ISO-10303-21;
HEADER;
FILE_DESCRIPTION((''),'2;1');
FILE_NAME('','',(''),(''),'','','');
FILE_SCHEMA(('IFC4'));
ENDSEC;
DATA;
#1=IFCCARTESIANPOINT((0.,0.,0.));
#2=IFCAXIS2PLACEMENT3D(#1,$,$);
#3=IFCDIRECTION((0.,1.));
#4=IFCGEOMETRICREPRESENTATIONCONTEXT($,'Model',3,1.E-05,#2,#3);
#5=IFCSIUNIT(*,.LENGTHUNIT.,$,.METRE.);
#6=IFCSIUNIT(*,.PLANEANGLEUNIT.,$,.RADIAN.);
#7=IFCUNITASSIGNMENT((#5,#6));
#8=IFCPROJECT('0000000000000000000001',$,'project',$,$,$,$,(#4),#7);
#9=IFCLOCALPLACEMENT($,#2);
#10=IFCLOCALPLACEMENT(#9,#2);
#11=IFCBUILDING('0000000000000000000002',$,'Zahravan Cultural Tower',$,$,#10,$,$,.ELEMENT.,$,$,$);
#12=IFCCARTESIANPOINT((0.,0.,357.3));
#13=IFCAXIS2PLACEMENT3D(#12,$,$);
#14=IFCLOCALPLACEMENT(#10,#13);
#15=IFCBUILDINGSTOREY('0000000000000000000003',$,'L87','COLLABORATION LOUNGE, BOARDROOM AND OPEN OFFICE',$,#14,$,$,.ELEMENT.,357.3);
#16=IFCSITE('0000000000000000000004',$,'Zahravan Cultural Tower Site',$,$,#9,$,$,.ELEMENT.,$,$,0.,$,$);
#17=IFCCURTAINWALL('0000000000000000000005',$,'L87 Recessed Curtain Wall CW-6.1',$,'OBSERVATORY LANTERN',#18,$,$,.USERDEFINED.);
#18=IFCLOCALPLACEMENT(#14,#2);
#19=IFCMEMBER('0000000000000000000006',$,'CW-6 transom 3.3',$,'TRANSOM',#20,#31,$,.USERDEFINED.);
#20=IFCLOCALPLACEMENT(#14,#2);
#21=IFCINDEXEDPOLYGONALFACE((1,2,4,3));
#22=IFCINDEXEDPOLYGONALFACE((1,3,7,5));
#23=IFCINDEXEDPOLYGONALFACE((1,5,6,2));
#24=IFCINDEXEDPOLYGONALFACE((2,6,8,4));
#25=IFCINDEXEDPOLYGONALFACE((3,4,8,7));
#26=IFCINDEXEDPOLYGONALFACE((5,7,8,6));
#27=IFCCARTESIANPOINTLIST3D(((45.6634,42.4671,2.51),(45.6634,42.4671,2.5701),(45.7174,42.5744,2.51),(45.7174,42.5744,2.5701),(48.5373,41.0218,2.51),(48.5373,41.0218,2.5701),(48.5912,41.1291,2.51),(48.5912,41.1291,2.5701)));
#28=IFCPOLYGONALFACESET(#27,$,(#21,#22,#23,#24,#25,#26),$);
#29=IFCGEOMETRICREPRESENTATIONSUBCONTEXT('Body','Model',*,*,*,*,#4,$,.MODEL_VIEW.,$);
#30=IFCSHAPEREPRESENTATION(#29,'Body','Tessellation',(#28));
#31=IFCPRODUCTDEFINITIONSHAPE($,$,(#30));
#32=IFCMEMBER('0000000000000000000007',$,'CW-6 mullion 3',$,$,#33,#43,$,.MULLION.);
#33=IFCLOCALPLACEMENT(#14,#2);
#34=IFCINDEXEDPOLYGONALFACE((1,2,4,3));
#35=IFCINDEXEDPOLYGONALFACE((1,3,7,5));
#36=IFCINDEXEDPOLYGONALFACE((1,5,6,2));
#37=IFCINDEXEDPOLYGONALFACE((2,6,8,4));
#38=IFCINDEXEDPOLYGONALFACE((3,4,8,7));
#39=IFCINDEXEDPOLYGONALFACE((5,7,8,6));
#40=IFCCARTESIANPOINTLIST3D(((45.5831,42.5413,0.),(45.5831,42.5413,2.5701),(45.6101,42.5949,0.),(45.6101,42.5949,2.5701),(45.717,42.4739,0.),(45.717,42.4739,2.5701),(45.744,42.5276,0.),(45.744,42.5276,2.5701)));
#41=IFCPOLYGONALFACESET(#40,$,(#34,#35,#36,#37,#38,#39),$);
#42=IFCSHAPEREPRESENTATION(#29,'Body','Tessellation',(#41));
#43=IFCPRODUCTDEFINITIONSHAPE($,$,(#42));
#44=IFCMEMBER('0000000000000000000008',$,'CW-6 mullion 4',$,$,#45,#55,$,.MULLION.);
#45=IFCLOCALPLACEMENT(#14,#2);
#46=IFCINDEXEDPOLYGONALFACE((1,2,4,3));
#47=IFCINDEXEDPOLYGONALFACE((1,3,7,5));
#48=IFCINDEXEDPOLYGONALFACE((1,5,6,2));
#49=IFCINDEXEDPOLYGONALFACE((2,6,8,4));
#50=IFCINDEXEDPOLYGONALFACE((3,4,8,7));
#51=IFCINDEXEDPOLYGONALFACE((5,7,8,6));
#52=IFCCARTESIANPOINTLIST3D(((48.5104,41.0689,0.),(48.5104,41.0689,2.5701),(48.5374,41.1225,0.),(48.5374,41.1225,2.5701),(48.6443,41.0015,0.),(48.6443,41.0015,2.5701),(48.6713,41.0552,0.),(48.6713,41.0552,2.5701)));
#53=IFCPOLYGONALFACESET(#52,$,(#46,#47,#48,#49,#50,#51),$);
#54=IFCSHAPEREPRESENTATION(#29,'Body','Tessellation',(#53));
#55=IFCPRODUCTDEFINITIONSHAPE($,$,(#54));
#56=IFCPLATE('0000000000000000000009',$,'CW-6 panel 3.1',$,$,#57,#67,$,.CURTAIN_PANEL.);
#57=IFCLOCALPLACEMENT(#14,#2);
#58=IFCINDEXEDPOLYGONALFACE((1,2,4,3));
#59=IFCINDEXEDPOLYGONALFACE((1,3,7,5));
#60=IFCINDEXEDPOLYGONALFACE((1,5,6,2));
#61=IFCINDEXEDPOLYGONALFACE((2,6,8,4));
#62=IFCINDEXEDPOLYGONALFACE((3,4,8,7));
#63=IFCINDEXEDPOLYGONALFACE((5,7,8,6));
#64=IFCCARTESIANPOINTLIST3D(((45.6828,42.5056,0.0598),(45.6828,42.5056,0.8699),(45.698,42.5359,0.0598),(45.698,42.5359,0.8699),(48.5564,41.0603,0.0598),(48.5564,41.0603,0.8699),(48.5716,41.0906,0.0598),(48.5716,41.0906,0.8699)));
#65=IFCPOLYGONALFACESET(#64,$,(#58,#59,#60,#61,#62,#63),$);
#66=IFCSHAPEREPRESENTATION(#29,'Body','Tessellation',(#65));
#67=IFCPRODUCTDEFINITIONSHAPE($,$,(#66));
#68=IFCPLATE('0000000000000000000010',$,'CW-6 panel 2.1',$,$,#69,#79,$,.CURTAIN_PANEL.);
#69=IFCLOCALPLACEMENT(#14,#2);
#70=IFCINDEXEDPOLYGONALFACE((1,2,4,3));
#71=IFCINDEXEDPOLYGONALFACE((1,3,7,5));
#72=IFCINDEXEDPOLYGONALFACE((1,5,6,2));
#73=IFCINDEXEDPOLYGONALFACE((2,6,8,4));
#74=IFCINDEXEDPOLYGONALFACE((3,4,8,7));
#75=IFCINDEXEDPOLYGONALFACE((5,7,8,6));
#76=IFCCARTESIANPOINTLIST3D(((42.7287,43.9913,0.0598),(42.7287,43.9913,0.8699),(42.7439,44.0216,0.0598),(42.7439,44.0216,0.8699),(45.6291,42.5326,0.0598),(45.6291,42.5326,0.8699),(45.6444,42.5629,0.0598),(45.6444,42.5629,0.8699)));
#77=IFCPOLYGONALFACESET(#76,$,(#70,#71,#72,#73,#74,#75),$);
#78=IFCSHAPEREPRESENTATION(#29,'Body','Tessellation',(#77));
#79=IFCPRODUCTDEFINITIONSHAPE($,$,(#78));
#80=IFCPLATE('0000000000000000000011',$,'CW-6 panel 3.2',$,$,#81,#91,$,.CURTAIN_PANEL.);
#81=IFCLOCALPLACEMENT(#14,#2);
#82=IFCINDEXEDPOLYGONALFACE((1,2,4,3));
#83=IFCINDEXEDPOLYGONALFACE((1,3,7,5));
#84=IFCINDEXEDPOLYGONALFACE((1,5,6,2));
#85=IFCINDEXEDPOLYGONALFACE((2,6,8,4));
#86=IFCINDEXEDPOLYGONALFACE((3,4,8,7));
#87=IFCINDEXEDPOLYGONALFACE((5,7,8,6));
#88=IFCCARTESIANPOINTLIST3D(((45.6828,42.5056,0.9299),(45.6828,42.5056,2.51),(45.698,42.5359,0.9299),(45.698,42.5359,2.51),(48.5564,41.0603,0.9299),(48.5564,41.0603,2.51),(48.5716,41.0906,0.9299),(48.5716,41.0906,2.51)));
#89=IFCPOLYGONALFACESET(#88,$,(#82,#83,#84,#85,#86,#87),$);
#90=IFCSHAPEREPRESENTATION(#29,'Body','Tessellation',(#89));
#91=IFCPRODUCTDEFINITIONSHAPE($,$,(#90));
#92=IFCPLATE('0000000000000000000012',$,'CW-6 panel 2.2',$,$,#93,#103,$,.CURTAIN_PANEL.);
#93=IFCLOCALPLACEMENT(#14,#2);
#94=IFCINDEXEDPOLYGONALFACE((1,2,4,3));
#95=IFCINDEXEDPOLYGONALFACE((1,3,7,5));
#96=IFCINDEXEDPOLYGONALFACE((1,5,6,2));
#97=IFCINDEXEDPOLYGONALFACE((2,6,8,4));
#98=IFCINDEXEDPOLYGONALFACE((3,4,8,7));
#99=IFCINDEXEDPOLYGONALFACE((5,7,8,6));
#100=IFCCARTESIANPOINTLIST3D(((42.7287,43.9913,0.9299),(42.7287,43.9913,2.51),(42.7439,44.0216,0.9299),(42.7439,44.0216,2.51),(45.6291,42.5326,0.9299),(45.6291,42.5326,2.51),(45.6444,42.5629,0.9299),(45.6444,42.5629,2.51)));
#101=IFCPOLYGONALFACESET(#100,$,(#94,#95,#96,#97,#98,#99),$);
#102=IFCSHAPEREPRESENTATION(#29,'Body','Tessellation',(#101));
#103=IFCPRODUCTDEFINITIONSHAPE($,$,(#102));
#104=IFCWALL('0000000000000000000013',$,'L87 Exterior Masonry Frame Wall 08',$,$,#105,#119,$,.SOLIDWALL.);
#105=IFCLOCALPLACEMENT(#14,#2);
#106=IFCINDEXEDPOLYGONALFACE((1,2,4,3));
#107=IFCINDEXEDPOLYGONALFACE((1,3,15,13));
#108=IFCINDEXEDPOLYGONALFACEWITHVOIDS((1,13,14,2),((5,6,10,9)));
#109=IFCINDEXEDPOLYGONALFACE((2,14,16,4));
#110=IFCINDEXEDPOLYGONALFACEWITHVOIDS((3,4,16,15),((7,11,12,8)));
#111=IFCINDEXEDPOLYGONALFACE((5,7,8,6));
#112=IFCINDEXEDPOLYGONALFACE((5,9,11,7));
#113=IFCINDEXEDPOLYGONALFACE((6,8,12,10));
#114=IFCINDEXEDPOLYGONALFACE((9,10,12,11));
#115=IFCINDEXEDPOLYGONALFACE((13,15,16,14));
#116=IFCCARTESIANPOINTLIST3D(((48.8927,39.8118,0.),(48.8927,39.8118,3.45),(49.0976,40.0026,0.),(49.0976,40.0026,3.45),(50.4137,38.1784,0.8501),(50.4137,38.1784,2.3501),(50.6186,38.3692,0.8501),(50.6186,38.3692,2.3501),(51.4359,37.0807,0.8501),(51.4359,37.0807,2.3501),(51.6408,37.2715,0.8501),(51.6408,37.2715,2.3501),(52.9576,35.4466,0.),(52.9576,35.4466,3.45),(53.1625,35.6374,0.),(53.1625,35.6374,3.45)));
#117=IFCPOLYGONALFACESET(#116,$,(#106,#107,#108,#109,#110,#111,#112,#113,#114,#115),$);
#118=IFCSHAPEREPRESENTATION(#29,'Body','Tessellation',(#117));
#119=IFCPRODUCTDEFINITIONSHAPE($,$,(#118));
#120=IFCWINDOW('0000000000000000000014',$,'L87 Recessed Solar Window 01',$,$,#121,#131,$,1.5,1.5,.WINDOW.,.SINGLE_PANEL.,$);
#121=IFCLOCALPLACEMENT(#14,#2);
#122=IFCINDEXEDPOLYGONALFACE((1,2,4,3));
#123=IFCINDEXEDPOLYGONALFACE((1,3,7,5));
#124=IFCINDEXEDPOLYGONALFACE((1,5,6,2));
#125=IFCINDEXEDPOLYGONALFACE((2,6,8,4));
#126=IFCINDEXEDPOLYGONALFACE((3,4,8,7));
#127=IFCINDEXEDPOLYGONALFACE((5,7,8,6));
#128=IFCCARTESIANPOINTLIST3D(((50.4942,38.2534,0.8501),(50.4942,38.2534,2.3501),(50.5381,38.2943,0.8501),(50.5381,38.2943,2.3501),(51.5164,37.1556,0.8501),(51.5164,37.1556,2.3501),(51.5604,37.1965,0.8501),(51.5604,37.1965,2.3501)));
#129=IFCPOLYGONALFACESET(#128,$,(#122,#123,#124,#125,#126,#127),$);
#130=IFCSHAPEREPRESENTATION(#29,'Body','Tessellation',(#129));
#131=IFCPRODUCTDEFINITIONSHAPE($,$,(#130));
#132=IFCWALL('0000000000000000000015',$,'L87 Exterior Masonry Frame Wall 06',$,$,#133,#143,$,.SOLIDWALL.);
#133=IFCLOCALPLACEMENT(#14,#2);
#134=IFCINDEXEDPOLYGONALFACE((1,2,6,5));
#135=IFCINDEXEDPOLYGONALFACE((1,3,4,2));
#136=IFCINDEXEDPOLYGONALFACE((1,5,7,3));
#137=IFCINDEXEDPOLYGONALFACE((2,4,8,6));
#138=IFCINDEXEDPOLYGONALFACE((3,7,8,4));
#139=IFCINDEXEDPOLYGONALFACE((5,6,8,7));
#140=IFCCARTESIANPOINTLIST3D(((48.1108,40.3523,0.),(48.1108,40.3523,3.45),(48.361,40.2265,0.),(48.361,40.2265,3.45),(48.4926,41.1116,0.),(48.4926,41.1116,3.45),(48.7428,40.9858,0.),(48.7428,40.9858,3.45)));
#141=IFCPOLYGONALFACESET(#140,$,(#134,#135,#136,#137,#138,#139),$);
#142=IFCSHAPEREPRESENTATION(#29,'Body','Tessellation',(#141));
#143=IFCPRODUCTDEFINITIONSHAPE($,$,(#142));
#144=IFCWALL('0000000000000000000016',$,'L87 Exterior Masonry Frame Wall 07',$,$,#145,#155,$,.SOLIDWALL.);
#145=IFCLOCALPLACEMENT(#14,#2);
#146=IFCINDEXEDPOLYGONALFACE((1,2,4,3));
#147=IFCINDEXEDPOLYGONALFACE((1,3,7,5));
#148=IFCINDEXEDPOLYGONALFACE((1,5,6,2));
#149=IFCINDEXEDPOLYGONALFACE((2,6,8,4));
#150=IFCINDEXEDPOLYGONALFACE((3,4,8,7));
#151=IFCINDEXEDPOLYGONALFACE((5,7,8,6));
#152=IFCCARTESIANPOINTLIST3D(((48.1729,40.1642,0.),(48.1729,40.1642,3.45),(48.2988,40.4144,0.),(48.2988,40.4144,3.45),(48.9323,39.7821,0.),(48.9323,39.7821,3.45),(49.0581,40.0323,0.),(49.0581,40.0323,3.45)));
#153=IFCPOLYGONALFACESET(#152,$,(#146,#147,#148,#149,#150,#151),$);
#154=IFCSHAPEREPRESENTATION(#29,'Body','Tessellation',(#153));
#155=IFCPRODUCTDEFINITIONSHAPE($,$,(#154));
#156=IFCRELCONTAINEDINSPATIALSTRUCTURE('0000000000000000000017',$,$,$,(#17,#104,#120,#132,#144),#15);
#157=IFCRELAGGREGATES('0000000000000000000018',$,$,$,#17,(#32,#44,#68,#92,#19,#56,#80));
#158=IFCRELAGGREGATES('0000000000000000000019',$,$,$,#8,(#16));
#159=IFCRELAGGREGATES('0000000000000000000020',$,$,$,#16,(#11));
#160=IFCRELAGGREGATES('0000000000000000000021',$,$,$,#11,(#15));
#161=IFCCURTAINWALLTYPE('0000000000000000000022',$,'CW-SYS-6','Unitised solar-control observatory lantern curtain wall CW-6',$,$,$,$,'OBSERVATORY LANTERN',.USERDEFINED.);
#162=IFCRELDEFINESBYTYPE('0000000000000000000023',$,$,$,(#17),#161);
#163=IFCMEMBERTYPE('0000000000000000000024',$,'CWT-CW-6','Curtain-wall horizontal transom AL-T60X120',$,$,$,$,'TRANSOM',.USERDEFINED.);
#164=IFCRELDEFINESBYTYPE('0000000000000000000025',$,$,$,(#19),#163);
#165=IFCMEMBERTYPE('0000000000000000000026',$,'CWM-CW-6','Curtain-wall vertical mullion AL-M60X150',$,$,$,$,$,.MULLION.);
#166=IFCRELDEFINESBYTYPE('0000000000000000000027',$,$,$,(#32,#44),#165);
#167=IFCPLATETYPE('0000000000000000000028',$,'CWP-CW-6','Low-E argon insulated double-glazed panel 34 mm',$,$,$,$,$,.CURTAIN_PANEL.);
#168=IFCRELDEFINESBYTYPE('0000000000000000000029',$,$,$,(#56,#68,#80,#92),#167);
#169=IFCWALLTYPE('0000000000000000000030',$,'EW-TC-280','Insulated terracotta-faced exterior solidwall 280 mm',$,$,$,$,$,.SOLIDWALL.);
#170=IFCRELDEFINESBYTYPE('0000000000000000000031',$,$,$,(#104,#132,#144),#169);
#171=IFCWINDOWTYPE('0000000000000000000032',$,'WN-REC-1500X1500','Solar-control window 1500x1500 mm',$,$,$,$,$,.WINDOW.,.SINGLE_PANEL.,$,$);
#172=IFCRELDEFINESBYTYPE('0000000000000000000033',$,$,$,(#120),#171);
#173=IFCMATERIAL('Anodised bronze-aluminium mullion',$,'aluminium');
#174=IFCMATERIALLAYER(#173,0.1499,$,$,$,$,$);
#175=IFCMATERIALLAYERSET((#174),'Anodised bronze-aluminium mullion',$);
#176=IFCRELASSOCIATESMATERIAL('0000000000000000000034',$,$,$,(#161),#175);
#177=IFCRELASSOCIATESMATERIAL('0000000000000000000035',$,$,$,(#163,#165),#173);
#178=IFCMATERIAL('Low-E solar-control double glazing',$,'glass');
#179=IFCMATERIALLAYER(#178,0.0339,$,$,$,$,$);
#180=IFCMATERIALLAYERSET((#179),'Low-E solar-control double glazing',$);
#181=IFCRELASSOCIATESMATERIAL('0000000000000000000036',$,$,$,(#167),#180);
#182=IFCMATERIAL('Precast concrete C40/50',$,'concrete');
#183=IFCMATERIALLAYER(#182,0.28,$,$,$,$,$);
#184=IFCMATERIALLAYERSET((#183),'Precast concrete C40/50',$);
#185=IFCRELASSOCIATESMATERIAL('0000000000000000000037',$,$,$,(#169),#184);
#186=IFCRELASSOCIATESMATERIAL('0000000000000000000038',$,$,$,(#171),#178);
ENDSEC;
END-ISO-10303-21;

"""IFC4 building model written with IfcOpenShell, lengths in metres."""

from ifc_helpers import new_model, si_unit, direction, frame, frame_2d, origin, origin_2d, place, context, subcontext, project, spatial, rectangle, extrude, source, transform, mapped, material, layer, layer_set, material_profile, profile_set, type_object, element, fill, aggregate, save


model = new_model("IFC4")

# Units and contexts
model_context = context("Model", 3, precision=1e-05, world=origin(), true_north=direction((0.0, 1.0)))
body_context = subcontext(model_context, "Body", "Model", "MODEL_VIEW")
ifc_project = project(units=[si_unit("LENGTHUNIT", "METRE"), si_unit("PLANEANGLEUNIT", "RADIAN")], contexts=[model_context])

# Site, building, storey
site_placement = place(None, origin())
site = spatial("IfcSite", under=ifc_project, at=site_placement, Name="Zahravan Cultural Tower Site", CompositionType="ELEMENT", RefElevation=0.0)
building_placement = place(site_placement, origin())
building = spatial("IfcBuilding", under=site, at=building_placement, Name="Zahravan Cultural Tower", CompositionType="ELEMENT")
storey_placement = place(building_placement, frame((0.0, 0.0, 357.3)))
storey = spatial("IfcBuildingStorey", under=building, at=storey_placement, Name="L87", Description="COLLABORATION LOUNGE, BOARDROOM AND OPEN OFFICE", CompositionType="ELEMENT", Elevation=357.3)

# Curtain wall, members, plates
ifc_material_1 = material(Name="Anodised bronze-aluminium mullion", Category="aluminium")
ifc_layer_1 = layer(ifc_material_1, 0.1499)
ifc_layer_set_1 = layer_set([ifc_layer_1], Name="Anodised bronze-aluminium mullion")
curtain_wall_type = type_object("IfcCurtainWallType", Name="CW-SYS-6", Description="Unitised solar-control observatory lantern curtain wall CW-6", ElementType="OBSERVATORY LANTERN", PredefinedType="USERDEFINED", material=ifc_layer_set_1)
curtain_wall_placement = place(storey_placement, origin())
curtain_wall = element("IfcCurtainWall", 1, at=curtain_wall_placement, inside=storey, type_object=curtain_wall_type, Name="L87 Recessed Curtain Wall CW-6.1", ObjectType="OBSERVATORY LANTERN", PredefinedType="USERDEFINED")
ifc_material_profile_1 = material_profile(ifc_material_1, rectangle(XDim=0.1201, YDim=0.0601, at=origin_2d()), Name="AL-T60X120")
ifc_profile_set_1 = profile_set([ifc_material_profile_1], Name="Anodised bronze-aluminium mullion")
member_type_1 = type_object("IfcMemberType", Name="CWT-CW-6", Description="Curtain-wall horizontal transom AL-T60X120", ElementType="TRANSOM", PredefinedType="USERDEFINED", material=ifc_profile_set_1)
shared_shape_1 = source(origin(), body_context, "Body", "SweptSolid", [
    extrude(rectangle(XDim=0.1201, YDim=0.0601, at=origin_2d()), origin(), (0.0, 0.0, 1.0), 3.2168),
])
member_1_placement = place(storey_placement, frame((45.6904, 42.5208, 2.54), z_axis=(0.893377, -0.449307, 0.0), x_axis=(0.449307, 0.893377, 0.0)))
member_1 = element("IfcMember", 2, at=member_1_placement, type_object=member_type_1, Name="CW-6 transom 3.3", ObjectType="TRANSOM", PredefinedType="USERDEFINED", context=body_context, shape_type="MappedRepresentation", body=[
    mapped(shared_shape_1, transform((0.0, 0.0, 0.0), x_axis=(1.0, 0.0, 0.0), y_axis=(0.0, 1.0, 0.0), z_axis=(0.0, 0.0, 1.0), scale=1.0)),
])
ifc_material_profile_2 = material_profile(ifc_material_1, rectangle(XDim=0.0601, YDim=0.1499, at=origin_2d()), Name="AL-M60X150")
ifc_profile_set_2 = profile_set([ifc_material_profile_2], Name="Anodised bronze-aluminium mullion")
member_type_2 = type_object("IfcMemberType", Name="CWM-CW-6", Description="Curtain-wall vertical mullion AL-M60X150", PredefinedType="MULLION", material=ifc_profile_set_2)
shared_shape_2 = source(origin(), body_context, "Body", "SweptSolid", [
    extrude(rectangle(XDim=0.0601, YDim=0.1499, at=origin_2d()), origin(), (0.0, 0.0, 1.0), 2.5701),
])
member_2_placement = place(storey_placement, frame((45.6636, 42.5344, 0.0), z_axis=(0.0, 0.0, 1.0), x_axis=(0.449317, 0.893372, 0.0)))
member_2 = element("IfcMember", 3, at=member_2_placement, type_object=member_type_2, Name="CW-6 mullion 3", PredefinedType="MULLION", context=body_context, shape_type="MappedRepresentation", body=[
    mapped(shared_shape_2, transform((0.0, 0.0, 0.0), x_axis=(1.0, 0.0, 0.0), y_axis=(0.0, 1.0, 0.0), z_axis=(0.0, 0.0, 1.0), scale=1.0)),
])
member_3_placement = place(storey_placement, frame((48.5908, 41.062, 0.0), z_axis=(0.0, 0.0, 1.0), x_axis=(0.449317, 0.893372, 0.0)))
member_3 = element("IfcMember", 4, at=member_3_placement, type_object=member_type_2, Name="CW-6 mullion 4", PredefinedType="MULLION", context=body_context, shape_type="MappedRepresentation", body=[
    mapped(shared_shape_2, transform((0.0, 0.0, 0.0), x_axis=(1.0, 0.0, 0.0), y_axis=(0.0, 1.0, 0.0), z_axis=(0.0, 0.0, 1.0), scale=1.0)),
])
ifc_material_2 = material(Name="Low-E solar-control double glazing", Category="glass")
ifc_layer_2 = layer(ifc_material_2, 0.0339)
ifc_layer_set_2 = layer_set([ifc_layer_2], Name="Low-E solar-control double glazing")
plate_type = type_object("IfcPlateType", Name="CWP-CW-6", Description="Low-E argon insulated double-glazed panel 34 mm", PredefinedType="CURTAIN_PANEL", material=ifc_layer_set_2)
shared_shape_3 = source(origin(), body_context, "Body", "SweptSolid", [
    extrude(rectangle(XDim=3.2166, YDim=0.0339, at=origin_2d()), origin(), (0.0, 0.0, 1.0), 0.8101),
])
plate_1_placement = place(storey_placement, frame((47.1272, 41.7981, 0.0598), z_axis=(0.0, 0.0, 1.0), x_axis=(0.893372, -0.449317, 0.0)))
plate_1 = element("IfcPlate", 5, at=plate_1_placement, type_object=plate_type, Name="CW-6 panel 3.1", PredefinedType="CURTAIN_PANEL", context=body_context, shape_type="MappedRepresentation", body=[
    mapped(shared_shape_3, transform((0.0, 0.0, 0.0), x_axis=(1.0, 0.0, 0.0), y_axis=(0.0, 1.0, 0.0), z_axis=(0.0, 0.0, 1.0), scale=1.0)),
])
shared_shape_4 = source(origin(), body_context, "Body", "SweptSolid", [
    extrude(rectangle(XDim=3.2466, YDim=0.0339, at=origin_2d()), origin(), (0.0, 0.0, 1.0), 0.8101),
])
plate_2_placement = place(storey_placement, frame((44.1865, 43.2771, 0.0598), z_axis=(0.0, 0.0, 1.0), x_axis=(0.893372, -0.449317, 0.0)))
plate_2 = element("IfcPlate", 6, at=plate_2_placement, type_object=plate_type, Name="CW-6 panel 2.1", PredefinedType="CURTAIN_PANEL", context=body_context, shape_type="MappedRepresentation", body=[
    mapped(shared_shape_4, transform((0.0, 0.0, 0.0), x_axis=(1.0, 0.0, 0.0), y_axis=(0.0, 1.0, 0.0), z_axis=(0.0, 0.0, 1.0), scale=1.0)),
])
shared_shape_5 = source(origin(), body_context, "Body", "SweptSolid", [
    extrude(rectangle(XDim=3.2166, YDim=0.0339, at=origin_2d()), origin(), (0.0, 0.0, 1.0), 1.5801),
])
plate_3_placement = place(storey_placement, frame((47.1272, 41.7981, 0.9299), z_axis=(0.0, 0.0, 1.0), x_axis=(0.893372, -0.449317, 0.0)))
plate_3 = element("IfcPlate", 7, at=plate_3_placement, type_object=plate_type, Name="CW-6 panel 3.2", PredefinedType="CURTAIN_PANEL", context=body_context, shape_type="MappedRepresentation", body=[
    mapped(shared_shape_5, transform((0.0, 0.0, 0.0), x_axis=(1.0, 0.0, 0.0), y_axis=(0.0, 1.0, 0.0), z_axis=(0.0, 0.0, 1.0), scale=1.0)),
])
shared_shape_6 = source(origin(), body_context, "Body", "SweptSolid", [
    extrude(rectangle(XDim=3.2466, YDim=0.0339, at=origin_2d()), origin(), (0.0, 0.0, 1.0), 1.5801),
])
plate_4_placement = place(storey_placement, frame((44.1865, 43.2771, 0.9299), z_axis=(0.0, 0.0, 1.0), x_axis=(0.893372, -0.449317, 0.0)))
plate_4 = element("IfcPlate", 8, at=plate_4_placement, type_object=plate_type, Name="CW-6 panel 2.2", PredefinedType="CURTAIN_PANEL", context=body_context, shape_type="MappedRepresentation", body=[
    mapped(shared_shape_6, transform((0.0, 0.0, 0.0), x_axis=(1.0, 0.0, 0.0), y_axis=(0.0, 1.0, 0.0), z_axis=(0.0, 0.0, 1.0), scale=1.0)),
])
aggregate(curtain_wall, [member_2, member_3, plate_2, plate_4, member_1, plate_1, plate_3])

# Wall, opening, window
ifc_material_3 = material(Name="Precast concrete C40/50", Category="concrete")
ifc_layer_3 = layer(ifc_material_3, 0.28)
ifc_layer_set_3 = layer_set([ifc_layer_3], Name="Precast concrete C40/50")
wall_type = type_object("IfcWallType", Name="EW-TC-280", Description="Insulated terracotta-faced exterior solidwall 280 mm", PredefinedType="SOLIDWALL", material=ifc_layer_set_3)
wall_1_placement = place(storey_placement, frame((48.9951, 39.9072, 0.0), z_axis=(0.0, 0.0, 1.0), x_axis=(0.681487, -0.731831, 0.0)))
wall_1 = element("IfcWall", 9, at=wall_1_placement, inside=storey, type_object=wall_type, Name="L87 Exterior Masonry Frame Wall 08", PredefinedType="SOLIDWALL", context=body_context, shape_type="SweptSolid", body=[
    extrude(rectangle(XDim=5.9648, YDim=0.28, at=frame_2d((2.9824, 0.0))), origin(), (0.0, 0.0, 1.0), 3.45),
])
opening_placement = place(wall_1_placement, frame((2.2319, 0.0, 0.8501)))
opening = element("IfcOpeningElement", 10, at=opening_placement, cuts=wall_1, PredefinedType="OPENING", context=body_context, shape_type="SweptSolid", body=[
    extrude(rectangle(XDim=1.5, YDim=1.5, at=frame_2d((0.75, 0.75))), frame((0.0, 0.1499, 0.0), z_axis=(0.0, -1.0, 0.0), x_axis=(1.0, 0.0, 0.0)), (0.0, 0.0, 1.0), 0.3),
])
window_type = type_object("IfcWindowType", Name="WN-REC-1500X1500", Description="Solar-control window 1500x1500 mm", PartitioningType="SINGLE_PANEL", PredefinedType="WINDOW", material=ifc_material_2)
shared_shape_7 = source(origin(), body_context, "Body", "SweptSolid", [
    extrude(rectangle(XDim=1.5, YDim=1.5, at=frame_2d((0.75, 0.75))), frame((0.0, 0.03, 0.0), z_axis=(0.0, -1.0, 0.0), x_axis=(1.0, 0.0, 0.0)), (0.0, 0.0, 1.0), 0.0601),
])
window_placement = place(opening_placement, origin())
window = element("IfcWindow", 11, at=window_placement, inside=storey, type_object=window_type, Name="L87 Recessed Solar Window 01", OverallHeight=1.5, OverallWidth=1.5, PartitioningType="SINGLE_PANEL", PredefinedType="WINDOW", context=body_context, shape_type="MappedRepresentation", body=[
    mapped(shared_shape_7, transform((0.0, 0.0, 0.0), x_axis=(1.0, 0.0, 0.0), y_axis=(0.0, 1.0, 0.0), z_axis=(0.0, 0.0, 1.0), scale=1.0)),
])
fill(opening, window)

# Walls
shared_shape_8 = source(origin(), body_context, "Body", "SweptSolid", [
    extrude(rectangle(XDim=0.8499, YDim=0.28, at=frame_2d((0.4248, 0.0))), origin(), (0.0, 0.0, 1.0), 3.45),
])
wall_2_placement = place(storey_placement, frame((48.6177, 41.0486, 0.0), z_axis=(0.0, 0.0, 1.0), x_axis=(-0.449281, -0.893391, 0.0)))
element("IfcWall", 12, at=wall_2_placement, inside=storey, type_object=wall_type, Name="L87 Exterior Masonry Frame Wall 06", PredefinedType="SOLIDWALL", context=body_context, shape_type="MappedRepresentation", body=[
    mapped(shared_shape_8, transform((0.0, 0.0, 0.0), x_axis=(1.0, 0.0, 0.0), y_axis=(0.0, 1.0, 0.0), z_axis=(0.0, 0.0, 1.0), scale=1.0)),
])
shared_shape_9 = source(origin(), body_context, "Body", "SweptSolid", [
    extrude(rectangle(XDim=0.8501, YDim=0.28, at=frame_2d((0.425, 0.0))), origin(), (0.0, 0.0, 1.0), 3.45),
])
wall_3_placement = place(storey_placement, frame((48.2358, 40.2893, 0.0), z_axis=(0.0, 0.0, 1.0), x_axis=(0.893275, -0.44951, 0.0)))
element("IfcWall", 13, at=wall_3_placement, inside=storey, type_object=wall_type, Name="L87 Exterior Masonry Frame Wall 07", PredefinedType="SOLIDWALL", context=body_context, shape_type="MappedRepresentation", body=[
    mapped(shared_shape_9, transform((0.0, 0.0, 0.0), x_axis=(1.0, 0.0, 0.0), y_axis=(0.0, 1.0, 0.0), z_axis=(0.0, 0.0, 1.0), scale=1.0)),
])

save(model, "model.ifc")
